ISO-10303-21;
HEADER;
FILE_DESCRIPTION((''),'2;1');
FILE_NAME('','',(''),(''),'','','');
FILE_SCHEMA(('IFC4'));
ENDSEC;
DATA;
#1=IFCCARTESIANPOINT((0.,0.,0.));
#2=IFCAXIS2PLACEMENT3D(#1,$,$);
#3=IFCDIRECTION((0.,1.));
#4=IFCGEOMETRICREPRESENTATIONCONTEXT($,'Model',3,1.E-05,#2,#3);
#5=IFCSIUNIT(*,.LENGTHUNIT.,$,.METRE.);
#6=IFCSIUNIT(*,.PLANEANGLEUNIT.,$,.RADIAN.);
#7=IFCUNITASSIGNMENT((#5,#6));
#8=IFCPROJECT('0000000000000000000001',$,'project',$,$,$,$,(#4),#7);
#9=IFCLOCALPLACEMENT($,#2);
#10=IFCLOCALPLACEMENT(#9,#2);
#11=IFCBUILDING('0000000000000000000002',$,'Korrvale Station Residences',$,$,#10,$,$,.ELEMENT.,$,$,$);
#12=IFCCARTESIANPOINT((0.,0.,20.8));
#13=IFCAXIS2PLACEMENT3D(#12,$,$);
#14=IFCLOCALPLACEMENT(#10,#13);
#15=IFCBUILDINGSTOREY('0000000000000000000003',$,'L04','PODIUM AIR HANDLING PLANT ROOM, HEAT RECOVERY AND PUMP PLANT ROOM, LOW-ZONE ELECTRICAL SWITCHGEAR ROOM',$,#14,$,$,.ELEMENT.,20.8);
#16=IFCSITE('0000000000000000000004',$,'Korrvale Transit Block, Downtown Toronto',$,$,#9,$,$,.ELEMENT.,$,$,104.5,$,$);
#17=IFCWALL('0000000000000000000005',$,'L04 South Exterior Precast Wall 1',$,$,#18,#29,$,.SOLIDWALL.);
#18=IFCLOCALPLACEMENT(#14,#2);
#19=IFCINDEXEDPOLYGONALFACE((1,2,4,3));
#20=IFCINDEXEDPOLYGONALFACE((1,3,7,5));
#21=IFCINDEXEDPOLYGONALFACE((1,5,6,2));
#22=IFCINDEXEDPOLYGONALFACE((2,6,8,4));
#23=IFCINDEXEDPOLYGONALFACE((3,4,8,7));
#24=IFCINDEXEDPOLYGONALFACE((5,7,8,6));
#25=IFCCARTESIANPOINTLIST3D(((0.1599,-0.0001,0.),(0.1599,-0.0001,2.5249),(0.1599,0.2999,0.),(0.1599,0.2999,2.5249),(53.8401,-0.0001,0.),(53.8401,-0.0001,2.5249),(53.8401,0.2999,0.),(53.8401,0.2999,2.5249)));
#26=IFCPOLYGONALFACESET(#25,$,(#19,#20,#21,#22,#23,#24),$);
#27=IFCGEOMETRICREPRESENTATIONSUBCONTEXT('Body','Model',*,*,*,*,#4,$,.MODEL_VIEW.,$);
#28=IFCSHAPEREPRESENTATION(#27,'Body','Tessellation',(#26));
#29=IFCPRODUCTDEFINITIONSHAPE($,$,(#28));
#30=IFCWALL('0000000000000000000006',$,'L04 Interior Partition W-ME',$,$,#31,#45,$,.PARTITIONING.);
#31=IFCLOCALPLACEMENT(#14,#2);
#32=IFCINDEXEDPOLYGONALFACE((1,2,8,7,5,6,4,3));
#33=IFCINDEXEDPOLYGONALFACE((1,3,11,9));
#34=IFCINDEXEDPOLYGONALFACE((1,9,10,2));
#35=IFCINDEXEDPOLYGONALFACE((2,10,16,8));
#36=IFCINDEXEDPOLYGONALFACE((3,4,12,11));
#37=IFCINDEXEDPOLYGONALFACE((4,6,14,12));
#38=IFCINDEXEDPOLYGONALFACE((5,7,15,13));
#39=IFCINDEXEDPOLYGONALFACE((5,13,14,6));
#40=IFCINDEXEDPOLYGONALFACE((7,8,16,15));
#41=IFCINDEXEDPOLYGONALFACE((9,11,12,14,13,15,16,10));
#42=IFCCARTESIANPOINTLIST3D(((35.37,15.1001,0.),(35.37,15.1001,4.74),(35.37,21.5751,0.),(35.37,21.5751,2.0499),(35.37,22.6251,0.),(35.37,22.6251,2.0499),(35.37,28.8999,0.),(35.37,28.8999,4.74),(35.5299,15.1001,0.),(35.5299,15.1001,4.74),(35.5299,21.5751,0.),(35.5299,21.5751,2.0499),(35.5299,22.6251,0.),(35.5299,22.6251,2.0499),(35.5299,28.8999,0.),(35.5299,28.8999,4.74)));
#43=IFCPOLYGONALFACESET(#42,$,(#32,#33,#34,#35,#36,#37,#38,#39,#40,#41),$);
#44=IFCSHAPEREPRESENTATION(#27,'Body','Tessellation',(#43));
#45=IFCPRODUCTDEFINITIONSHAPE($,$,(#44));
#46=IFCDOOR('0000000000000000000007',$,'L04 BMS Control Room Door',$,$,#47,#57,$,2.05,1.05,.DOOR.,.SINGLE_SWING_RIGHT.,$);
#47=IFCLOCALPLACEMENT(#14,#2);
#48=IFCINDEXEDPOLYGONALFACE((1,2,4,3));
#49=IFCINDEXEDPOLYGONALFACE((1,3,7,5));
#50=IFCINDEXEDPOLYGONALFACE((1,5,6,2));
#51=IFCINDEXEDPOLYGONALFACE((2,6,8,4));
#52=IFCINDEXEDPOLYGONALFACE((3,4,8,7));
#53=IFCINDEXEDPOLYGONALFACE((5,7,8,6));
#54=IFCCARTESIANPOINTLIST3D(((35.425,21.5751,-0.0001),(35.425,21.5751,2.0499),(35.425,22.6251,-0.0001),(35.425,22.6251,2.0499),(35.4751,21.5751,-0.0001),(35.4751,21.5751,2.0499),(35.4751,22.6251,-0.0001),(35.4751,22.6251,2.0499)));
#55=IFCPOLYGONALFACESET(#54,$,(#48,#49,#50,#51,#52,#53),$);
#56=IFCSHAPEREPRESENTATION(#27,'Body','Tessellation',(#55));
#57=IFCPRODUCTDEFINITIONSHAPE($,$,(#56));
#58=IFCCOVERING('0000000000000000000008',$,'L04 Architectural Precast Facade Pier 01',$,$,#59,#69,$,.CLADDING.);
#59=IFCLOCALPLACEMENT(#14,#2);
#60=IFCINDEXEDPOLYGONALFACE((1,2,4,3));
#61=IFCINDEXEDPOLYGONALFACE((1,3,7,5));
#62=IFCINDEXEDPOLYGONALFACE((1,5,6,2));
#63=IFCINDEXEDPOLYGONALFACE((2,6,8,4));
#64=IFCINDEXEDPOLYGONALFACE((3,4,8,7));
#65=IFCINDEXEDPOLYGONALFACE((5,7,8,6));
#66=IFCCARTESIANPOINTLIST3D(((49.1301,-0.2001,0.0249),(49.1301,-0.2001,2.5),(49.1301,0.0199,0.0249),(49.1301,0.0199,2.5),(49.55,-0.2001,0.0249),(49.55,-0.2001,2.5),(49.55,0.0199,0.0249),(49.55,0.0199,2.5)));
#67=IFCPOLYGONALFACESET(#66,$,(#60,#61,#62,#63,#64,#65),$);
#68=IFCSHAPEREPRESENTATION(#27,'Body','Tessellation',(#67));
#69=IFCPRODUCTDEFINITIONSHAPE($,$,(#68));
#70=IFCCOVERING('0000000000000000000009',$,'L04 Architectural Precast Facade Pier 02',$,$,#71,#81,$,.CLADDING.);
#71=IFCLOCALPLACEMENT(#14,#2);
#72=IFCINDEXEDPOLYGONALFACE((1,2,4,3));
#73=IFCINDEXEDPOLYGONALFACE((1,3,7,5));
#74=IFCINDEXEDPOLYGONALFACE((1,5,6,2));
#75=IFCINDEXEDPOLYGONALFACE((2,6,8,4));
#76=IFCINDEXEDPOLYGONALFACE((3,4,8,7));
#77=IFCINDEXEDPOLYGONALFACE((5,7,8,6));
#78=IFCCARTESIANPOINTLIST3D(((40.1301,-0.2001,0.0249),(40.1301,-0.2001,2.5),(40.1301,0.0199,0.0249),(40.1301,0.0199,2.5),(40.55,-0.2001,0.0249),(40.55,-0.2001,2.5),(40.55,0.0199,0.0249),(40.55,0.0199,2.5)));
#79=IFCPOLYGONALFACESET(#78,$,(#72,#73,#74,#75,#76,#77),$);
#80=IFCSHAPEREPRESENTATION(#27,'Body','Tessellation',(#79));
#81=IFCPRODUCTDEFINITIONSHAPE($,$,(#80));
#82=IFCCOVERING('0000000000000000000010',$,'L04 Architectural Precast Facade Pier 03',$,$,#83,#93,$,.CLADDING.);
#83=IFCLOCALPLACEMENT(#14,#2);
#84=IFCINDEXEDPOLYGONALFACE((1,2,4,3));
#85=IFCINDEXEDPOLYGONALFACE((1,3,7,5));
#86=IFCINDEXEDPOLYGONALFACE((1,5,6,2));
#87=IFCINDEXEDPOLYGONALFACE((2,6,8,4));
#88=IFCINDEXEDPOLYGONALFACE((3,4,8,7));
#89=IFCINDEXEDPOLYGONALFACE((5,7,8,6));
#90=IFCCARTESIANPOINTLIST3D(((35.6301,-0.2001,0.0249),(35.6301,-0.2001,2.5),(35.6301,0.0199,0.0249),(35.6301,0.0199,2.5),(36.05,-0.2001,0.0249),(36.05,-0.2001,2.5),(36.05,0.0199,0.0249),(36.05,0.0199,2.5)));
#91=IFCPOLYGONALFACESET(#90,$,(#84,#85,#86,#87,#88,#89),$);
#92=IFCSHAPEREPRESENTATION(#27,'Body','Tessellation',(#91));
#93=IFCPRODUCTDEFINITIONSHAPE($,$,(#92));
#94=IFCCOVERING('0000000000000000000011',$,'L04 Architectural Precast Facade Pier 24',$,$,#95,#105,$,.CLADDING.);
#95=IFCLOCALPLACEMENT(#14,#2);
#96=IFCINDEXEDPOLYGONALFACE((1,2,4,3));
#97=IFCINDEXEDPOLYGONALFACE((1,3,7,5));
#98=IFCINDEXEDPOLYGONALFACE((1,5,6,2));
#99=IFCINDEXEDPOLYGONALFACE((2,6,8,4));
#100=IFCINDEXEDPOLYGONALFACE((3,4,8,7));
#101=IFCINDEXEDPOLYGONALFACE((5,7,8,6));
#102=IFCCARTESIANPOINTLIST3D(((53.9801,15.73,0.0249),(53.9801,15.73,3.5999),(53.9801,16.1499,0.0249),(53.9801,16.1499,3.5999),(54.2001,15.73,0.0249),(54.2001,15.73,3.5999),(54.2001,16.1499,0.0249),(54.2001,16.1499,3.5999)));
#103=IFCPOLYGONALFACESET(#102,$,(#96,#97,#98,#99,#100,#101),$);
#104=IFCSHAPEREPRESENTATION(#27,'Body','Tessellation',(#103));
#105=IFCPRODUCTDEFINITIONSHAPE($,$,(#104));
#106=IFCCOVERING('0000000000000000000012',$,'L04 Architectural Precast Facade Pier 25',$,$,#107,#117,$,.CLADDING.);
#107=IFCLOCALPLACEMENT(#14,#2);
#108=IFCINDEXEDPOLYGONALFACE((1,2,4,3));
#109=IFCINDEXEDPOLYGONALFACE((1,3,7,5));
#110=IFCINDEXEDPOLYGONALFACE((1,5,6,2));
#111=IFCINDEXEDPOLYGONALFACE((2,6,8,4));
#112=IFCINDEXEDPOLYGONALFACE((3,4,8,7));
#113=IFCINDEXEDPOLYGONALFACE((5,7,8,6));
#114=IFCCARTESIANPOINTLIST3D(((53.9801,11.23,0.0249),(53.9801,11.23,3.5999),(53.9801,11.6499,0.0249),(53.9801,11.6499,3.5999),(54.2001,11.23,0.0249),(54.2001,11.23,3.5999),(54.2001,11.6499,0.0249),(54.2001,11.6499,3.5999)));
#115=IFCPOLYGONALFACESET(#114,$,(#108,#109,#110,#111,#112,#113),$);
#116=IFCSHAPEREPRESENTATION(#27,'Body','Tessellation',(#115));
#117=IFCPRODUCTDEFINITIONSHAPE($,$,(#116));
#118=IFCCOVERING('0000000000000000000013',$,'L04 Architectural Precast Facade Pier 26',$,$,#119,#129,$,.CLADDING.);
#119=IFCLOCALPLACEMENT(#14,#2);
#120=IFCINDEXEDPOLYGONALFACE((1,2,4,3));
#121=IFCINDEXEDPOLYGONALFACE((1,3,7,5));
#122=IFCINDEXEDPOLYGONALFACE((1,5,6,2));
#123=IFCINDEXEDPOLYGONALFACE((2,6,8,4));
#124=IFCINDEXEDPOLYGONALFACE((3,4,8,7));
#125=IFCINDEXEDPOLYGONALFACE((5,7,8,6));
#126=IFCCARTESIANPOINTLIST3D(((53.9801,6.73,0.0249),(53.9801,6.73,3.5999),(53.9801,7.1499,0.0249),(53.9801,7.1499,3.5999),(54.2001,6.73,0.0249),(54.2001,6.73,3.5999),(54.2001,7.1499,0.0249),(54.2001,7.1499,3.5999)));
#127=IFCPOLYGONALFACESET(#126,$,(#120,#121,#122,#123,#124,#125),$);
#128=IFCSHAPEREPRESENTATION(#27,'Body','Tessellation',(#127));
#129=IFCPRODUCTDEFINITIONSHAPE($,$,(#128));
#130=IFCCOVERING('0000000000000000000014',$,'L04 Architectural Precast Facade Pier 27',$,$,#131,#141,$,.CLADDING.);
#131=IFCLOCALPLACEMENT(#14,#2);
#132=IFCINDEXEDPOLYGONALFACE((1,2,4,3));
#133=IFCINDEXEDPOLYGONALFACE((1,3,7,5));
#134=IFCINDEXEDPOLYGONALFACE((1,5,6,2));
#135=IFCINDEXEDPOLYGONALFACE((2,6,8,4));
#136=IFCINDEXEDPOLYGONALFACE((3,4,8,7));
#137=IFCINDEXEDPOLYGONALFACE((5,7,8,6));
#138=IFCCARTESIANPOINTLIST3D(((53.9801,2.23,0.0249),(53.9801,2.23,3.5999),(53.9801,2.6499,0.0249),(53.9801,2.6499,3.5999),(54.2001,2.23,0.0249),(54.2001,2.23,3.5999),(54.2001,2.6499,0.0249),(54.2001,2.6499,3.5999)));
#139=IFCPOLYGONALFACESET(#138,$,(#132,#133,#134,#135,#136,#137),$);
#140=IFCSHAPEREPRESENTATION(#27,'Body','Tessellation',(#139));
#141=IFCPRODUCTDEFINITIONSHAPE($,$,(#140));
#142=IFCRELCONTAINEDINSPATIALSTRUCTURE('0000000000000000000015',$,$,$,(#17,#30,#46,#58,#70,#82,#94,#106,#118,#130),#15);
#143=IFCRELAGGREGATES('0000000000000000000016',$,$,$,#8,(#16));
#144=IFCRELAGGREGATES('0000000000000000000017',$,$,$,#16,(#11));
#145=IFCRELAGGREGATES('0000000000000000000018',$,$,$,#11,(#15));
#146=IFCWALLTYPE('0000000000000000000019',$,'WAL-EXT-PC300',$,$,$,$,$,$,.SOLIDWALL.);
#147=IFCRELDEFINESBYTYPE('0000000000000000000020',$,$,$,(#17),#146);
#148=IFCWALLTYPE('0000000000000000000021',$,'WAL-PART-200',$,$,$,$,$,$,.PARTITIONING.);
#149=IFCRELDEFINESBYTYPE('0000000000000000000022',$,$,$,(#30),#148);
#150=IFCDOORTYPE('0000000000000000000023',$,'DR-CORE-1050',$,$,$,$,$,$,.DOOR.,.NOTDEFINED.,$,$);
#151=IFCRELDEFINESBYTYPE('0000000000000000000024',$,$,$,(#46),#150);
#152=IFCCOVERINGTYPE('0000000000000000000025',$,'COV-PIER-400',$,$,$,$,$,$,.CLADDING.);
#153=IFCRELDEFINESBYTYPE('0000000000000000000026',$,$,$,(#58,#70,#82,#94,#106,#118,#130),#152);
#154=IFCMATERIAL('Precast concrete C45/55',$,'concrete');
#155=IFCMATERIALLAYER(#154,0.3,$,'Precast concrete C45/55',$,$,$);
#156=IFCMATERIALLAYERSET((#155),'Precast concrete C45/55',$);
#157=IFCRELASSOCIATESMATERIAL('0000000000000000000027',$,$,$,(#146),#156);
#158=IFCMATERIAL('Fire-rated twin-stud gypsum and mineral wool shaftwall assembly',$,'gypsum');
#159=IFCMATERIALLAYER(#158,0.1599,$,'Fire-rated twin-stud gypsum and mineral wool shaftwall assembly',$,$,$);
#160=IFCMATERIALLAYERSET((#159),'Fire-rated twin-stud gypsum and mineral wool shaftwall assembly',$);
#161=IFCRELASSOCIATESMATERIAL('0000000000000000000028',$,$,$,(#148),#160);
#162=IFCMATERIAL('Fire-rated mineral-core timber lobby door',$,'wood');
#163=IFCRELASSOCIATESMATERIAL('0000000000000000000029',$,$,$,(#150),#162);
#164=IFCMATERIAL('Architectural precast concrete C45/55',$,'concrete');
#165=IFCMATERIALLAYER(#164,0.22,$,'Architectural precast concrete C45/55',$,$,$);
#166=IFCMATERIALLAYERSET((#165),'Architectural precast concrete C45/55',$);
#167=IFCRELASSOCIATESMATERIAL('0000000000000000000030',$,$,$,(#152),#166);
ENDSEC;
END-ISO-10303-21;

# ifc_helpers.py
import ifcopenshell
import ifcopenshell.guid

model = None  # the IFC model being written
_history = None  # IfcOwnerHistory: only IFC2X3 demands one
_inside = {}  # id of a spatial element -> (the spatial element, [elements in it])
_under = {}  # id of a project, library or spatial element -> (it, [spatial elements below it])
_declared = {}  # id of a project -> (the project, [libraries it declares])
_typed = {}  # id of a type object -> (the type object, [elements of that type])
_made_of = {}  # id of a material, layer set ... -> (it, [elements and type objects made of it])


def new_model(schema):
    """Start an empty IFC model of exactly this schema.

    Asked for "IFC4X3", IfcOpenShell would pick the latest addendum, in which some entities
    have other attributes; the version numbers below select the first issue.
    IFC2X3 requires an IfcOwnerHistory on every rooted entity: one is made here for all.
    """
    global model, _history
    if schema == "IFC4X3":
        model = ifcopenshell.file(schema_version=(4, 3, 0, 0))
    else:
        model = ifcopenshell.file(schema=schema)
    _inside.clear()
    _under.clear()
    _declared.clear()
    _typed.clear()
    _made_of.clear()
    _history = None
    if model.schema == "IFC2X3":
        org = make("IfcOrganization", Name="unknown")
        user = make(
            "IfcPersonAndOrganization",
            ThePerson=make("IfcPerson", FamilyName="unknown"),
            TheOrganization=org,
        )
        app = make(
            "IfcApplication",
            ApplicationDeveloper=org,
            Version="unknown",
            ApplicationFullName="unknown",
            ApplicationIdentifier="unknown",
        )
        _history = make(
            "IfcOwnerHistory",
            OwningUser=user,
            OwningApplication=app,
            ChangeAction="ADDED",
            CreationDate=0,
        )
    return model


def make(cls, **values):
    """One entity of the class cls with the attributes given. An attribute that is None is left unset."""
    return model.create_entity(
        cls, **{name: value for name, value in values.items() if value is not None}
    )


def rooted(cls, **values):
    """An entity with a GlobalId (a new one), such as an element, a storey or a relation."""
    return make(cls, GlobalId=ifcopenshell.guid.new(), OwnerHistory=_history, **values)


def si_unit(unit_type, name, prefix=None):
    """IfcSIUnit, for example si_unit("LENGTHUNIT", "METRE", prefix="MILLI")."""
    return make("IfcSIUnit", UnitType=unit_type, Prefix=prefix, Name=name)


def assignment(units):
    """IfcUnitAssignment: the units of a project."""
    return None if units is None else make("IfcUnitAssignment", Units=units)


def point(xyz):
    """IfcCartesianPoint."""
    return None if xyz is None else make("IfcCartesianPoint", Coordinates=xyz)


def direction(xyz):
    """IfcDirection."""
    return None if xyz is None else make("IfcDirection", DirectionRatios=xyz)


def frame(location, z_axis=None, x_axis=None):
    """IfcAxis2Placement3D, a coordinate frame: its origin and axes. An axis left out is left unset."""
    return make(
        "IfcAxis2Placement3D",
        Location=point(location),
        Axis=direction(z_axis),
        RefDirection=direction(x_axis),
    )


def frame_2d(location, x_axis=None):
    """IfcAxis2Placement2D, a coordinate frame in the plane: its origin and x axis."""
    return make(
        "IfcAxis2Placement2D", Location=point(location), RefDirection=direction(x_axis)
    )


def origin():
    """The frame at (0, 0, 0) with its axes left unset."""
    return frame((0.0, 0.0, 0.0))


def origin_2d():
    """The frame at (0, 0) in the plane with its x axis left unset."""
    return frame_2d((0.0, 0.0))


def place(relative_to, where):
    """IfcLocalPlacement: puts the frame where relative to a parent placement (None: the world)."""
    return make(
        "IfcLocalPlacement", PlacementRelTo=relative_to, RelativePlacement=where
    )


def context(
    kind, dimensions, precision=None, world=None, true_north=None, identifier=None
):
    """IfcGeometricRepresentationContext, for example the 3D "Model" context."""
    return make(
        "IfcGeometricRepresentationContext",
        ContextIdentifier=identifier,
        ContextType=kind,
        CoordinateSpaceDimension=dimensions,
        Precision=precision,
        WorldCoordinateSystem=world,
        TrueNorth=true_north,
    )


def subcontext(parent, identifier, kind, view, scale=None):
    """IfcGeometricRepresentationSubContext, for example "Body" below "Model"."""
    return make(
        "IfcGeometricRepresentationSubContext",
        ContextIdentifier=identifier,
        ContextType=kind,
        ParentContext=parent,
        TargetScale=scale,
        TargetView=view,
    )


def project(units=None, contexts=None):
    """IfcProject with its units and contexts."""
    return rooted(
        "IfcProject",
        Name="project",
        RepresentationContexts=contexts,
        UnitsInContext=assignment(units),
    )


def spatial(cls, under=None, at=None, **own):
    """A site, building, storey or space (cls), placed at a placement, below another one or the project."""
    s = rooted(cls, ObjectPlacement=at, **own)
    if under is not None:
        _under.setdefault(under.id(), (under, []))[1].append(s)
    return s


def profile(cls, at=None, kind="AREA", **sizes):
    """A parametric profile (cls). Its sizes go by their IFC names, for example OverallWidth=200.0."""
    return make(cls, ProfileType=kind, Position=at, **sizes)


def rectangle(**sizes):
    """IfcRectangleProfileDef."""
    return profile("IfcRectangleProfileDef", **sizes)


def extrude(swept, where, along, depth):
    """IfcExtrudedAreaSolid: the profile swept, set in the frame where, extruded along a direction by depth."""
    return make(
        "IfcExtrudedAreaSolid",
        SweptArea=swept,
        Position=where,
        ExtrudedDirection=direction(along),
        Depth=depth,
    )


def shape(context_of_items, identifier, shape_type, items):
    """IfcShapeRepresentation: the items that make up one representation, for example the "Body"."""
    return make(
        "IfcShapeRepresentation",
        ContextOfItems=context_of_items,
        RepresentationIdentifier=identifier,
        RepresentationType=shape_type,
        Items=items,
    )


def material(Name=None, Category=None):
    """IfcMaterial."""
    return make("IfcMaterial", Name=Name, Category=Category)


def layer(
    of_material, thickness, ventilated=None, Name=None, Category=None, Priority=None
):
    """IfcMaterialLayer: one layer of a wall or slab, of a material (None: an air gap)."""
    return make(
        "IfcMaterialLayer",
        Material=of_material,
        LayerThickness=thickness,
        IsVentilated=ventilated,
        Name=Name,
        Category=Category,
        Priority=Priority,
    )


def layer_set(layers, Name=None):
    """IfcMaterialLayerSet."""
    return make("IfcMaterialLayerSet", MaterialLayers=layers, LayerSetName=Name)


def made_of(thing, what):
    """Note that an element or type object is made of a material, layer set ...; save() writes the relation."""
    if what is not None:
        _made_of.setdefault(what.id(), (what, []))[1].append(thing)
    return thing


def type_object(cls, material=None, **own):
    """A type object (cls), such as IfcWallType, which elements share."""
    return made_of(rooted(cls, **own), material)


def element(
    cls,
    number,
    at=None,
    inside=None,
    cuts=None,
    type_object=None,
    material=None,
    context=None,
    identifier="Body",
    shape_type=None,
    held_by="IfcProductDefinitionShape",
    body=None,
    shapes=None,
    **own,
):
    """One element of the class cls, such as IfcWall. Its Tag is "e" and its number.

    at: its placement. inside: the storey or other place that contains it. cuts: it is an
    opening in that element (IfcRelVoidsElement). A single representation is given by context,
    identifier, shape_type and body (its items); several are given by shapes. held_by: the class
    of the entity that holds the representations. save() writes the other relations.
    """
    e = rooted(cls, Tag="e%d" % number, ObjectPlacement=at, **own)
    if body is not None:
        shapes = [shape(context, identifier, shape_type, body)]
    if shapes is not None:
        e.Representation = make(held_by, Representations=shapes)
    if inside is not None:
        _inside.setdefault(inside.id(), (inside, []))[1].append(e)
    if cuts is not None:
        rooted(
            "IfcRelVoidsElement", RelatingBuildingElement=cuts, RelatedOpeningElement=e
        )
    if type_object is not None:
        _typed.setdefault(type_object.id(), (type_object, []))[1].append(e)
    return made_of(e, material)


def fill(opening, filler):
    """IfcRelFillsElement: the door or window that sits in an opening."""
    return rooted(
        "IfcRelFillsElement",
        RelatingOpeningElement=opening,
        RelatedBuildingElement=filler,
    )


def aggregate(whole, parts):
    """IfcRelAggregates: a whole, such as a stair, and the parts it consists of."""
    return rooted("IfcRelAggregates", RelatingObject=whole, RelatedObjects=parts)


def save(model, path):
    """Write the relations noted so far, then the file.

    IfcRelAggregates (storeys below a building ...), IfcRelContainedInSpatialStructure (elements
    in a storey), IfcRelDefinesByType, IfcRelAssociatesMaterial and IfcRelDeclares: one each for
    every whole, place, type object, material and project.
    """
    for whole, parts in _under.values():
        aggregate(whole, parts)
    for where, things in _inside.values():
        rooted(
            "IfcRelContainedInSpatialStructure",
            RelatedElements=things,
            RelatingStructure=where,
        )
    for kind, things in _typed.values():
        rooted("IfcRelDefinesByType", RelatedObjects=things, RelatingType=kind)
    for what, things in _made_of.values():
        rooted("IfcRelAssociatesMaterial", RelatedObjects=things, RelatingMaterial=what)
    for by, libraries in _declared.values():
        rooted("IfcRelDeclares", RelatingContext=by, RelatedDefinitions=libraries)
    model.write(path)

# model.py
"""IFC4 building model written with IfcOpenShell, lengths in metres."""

from ifc_helpers import new_model, si_unit, direction, frame, frame_2d, origin, origin_2d, place, context, subcontext, project, spatial, rectangle, extrude, material, layer, layer_set, type_object, element, fill, save


model = new_model("IFC4")

# Units and contexts
model_context = context("Model", 3, precision=1e-05, world=origin(), true_north=direction((0.0, 1.0)))
body_context = subcontext(model_context, "Body", "Model", "MODEL_VIEW")
ifc_project = project(units=[si_unit("LENGTHUNIT", "METRE"), si_unit("PLANEANGLEUNIT", "RADIAN")], contexts=[model_context])

# Site, building, storey
site_placement = place(None, origin())
site = spatial("IfcSite", under=ifc_project, at=site_placement, Name="Korrvale Transit Block, Downtown Toronto", CompositionType="ELEMENT", RefElevation=104.5)
building_placement = place(site_placement, origin())
building = spatial("IfcBuilding", under=site, at=building_placement, Name="Korrvale Station Residences", CompositionType="ELEMENT")
storey_placement = place(building_placement, frame((0.0, 0.0, 20.8)))
storey = spatial("IfcBuildingStorey", under=building, at=storey_placement, Name="L04", Description="PODIUM AIR HANDLING PLANT ROOM, HEAT RECOVERY AND PUMP PLANT ROOM, LOW-ZONE ELECTRICAL SWITCHGEAR ROOM", CompositionType="ELEMENT", Elevation=20.8)

# Wall
ifc_material_1 = material(Name="Precast concrete C45/55", Category="concrete")
ifc_layer_1 = layer(ifc_material_1, 0.3, Name="Precast concrete C45/55")
ifc_layer_set_1 = layer_set([ifc_layer_1], Name="Precast concrete C45/55")
wall_type_1 = type_object("IfcWallType", Name="WAL-EXT-PC300", PredefinedType="SOLIDWALL", material=ifc_layer_set_1)
wall_1_placement = place(storey_placement, frame((53.8401, 0.1499, 0.0), z_axis=(0.0, 0.0, 1.0), x_axis=(-1.0, 0.0, 0.0)))
element("IfcWall", 1, at=wall_1_placement, inside=storey, type_object=wall_type_1, Name="L04 South Exterior Precast Wall 1", PredefinedType="SOLIDWALL", context=body_context, shape_type="SweptSolid", body=[
    extrude(rectangle(XDim=53.6802, YDim=0.3, at=frame_2d((26.8401, 0.0))), origin(), (0.0, 0.0, 1.0), 2.5249),
])

# Wall, opening, door
ifc_material_2 = material(Name="Fire-rated twin-stud gypsum and mineral wool shaftwall assembly", Category="gypsum")
ifc_layer_2 = layer(ifc_material_2, 0.1599, Name="Fire-rated twin-stud gypsum and mineral wool shaftwall assembly")
ifc_layer_set_2 = layer_set([ifc_layer_2], Name="Fire-rated twin-stud gypsum and mineral wool shaftwall assembly")
wall_type_2 = type_object("IfcWallType", Name="WAL-PART-200", PredefinedType="PARTITIONING", material=ifc_layer_set_2)
wall_2_placement = place(storey_placement, frame((35.45, 15.1001, 0.0), z_axis=(0.0, 0.0, 1.0), x_axis=(0.0, 1.0, 0.0)))
wall_2 = element("IfcWall", 2, at=wall_2_placement, inside=storey, type_object=wall_type_2, Name="L04 Interior Partition W-ME", PredefinedType="PARTITIONING", context=body_context, shape_type="SweptSolid", body=[
    extrude(rectangle(XDim=13.7998, YDim=0.1599, at=frame_2d((6.8999, 0.0))), origin(), (0.0, 0.0, 1.0), 4.74),
])
opening_placement = place(wall_2_placement, frame((6.4751, 0.0, 0.0)))
opening = element("IfcOpeningElement", 3, at=opening_placement, cuts=wall_2, PredefinedType="OPENING", context=body_context, shape_type="SweptSolid", body=[
    extrude(rectangle(XDim=1.05, YDim=2.05, at=frame_2d((0.5249, 1.0249))), frame((0.0, 0.0898, 0.0), z_axis=(0.0, -1.0, 0.0), x_axis=(1.0, 0.0, 0.0)), (0.0, 0.0, 1.0), 0.1799),
])
ifc_material_3 = material(Name="Fire-rated mineral-core timber lobby door", Category="wood")
door_type = type_object("IfcDoorType", Name="DR-CORE-1050", OperationType="NOTDEFINED", PredefinedType="DOOR", material=ifc_material_3)
door_placement = place(opening_placement, origin())
door = element("IfcDoor", 4, at=door_placement, inside=storey, type_object=door_type, Name="L04 BMS Control Room Door", OperationType="SINGLE_SWING_RIGHT", OverallHeight=2.05, OverallWidth=1.05, PredefinedType="DOOR", context=body_context, shape_type="SweptSolid", body=[
    extrude(rectangle(XDim=1.05, YDim=2.05, at=frame_2d((0.5249, 1.0249))), frame((0.0, 0.0249, 0.0), z_axis=(0.0, -1.0, 0.0), x_axis=(1.0, 0.0, 0.0)), (0.0, 0.0, 1.0), 0.05),
])
fill(opening, door)

# Coverings
ifc_material_4 = material(Name="Architectural precast concrete C45/55", Category="concrete")
ifc_layer_3 = layer(ifc_material_4, 0.22, Name="Architectural precast concrete C45/55")
ifc_layer_set_3 = layer_set([ifc_layer_3], Name="Architectural precast concrete C45/55")
covering_type = type_object("IfcCoveringType", Name="COV-PIER-400", PredefinedType="CLADDING", material=ifc_layer_set_3)
for number, where, z_axis, x_axis, name in (
    (5, (49.3401, -0.0901, 0.0249), (0.0, 0.0, 1.0), (1.0, 0.0, 0.0), "L04 Architectural Precast Facade Pier 01"),
    (6, (40.3401, -0.0901, 0.0249), (0.0, 0.0, 1.0), (1.0, 0.0, 0.0), "L04 Architectural Precast Facade Pier 02"),
    (7, (35.8401, -0.0901, 0.0249), (0.0, 0.0, 1.0), (1.0, 0.0, 0.0), "L04 Architectural Precast Facade Pier 03"),
):
    element("IfcCovering", number, at=place(storey_placement, frame(where, z_axis=z_axis, x_axis=x_axis)), inside=storey, type_object=covering_type, Name=name, PredefinedType="CLADDING", context=body_context, shape_type="SweptSolid", body=[
        extrude(rectangle(XDim=0.4199, YDim=0.22, at=origin_2d()), origin(), (0.0, 0.0, 1.0), 2.4751),
    ])
for number, where, z_axis, x_axis, name in (
    (8, (54.0901, 15.9399, 0.0249), (0.0, 0.0, 1.0), (0.0, 1.0, 0.0), "L04 Architectural Precast Facade Pier 24"),
    (9, (54.0901, 11.4399, 0.0249), (0.0, 0.0, 1.0), (0.0, 1.0, 0.0), "L04 Architectural Precast Facade Pier 25"),
    (10, (54.0901, 6.9399, 0.0249), (0.0, 0.0, 1.0), (0.0, 1.0, 0.0), "L04 Architectural Precast Facade Pier 26"),
    (11, (54.0901, 2.4399, 0.0249), (0.0, 0.0, 1.0), (0.0, 1.0, 0.0), "L04 Architectural Precast Facade Pier 27"),
):
    element("IfcCovering", number, at=place(storey_placement, frame(where, z_axis=z_axis, x_axis=x_axis)), inside=storey, type_object=covering_type, Name=name, PredefinedType="CLADDING", context=body_context, shape_type="SweptSolid", body=[
        extrude(rectangle(XDim=0.4199, YDim=0.22, at=origin_2d()), origin(), (0.0, 0.0, 1.0), 3.575),
    ])

save(model, "model.ifc")
